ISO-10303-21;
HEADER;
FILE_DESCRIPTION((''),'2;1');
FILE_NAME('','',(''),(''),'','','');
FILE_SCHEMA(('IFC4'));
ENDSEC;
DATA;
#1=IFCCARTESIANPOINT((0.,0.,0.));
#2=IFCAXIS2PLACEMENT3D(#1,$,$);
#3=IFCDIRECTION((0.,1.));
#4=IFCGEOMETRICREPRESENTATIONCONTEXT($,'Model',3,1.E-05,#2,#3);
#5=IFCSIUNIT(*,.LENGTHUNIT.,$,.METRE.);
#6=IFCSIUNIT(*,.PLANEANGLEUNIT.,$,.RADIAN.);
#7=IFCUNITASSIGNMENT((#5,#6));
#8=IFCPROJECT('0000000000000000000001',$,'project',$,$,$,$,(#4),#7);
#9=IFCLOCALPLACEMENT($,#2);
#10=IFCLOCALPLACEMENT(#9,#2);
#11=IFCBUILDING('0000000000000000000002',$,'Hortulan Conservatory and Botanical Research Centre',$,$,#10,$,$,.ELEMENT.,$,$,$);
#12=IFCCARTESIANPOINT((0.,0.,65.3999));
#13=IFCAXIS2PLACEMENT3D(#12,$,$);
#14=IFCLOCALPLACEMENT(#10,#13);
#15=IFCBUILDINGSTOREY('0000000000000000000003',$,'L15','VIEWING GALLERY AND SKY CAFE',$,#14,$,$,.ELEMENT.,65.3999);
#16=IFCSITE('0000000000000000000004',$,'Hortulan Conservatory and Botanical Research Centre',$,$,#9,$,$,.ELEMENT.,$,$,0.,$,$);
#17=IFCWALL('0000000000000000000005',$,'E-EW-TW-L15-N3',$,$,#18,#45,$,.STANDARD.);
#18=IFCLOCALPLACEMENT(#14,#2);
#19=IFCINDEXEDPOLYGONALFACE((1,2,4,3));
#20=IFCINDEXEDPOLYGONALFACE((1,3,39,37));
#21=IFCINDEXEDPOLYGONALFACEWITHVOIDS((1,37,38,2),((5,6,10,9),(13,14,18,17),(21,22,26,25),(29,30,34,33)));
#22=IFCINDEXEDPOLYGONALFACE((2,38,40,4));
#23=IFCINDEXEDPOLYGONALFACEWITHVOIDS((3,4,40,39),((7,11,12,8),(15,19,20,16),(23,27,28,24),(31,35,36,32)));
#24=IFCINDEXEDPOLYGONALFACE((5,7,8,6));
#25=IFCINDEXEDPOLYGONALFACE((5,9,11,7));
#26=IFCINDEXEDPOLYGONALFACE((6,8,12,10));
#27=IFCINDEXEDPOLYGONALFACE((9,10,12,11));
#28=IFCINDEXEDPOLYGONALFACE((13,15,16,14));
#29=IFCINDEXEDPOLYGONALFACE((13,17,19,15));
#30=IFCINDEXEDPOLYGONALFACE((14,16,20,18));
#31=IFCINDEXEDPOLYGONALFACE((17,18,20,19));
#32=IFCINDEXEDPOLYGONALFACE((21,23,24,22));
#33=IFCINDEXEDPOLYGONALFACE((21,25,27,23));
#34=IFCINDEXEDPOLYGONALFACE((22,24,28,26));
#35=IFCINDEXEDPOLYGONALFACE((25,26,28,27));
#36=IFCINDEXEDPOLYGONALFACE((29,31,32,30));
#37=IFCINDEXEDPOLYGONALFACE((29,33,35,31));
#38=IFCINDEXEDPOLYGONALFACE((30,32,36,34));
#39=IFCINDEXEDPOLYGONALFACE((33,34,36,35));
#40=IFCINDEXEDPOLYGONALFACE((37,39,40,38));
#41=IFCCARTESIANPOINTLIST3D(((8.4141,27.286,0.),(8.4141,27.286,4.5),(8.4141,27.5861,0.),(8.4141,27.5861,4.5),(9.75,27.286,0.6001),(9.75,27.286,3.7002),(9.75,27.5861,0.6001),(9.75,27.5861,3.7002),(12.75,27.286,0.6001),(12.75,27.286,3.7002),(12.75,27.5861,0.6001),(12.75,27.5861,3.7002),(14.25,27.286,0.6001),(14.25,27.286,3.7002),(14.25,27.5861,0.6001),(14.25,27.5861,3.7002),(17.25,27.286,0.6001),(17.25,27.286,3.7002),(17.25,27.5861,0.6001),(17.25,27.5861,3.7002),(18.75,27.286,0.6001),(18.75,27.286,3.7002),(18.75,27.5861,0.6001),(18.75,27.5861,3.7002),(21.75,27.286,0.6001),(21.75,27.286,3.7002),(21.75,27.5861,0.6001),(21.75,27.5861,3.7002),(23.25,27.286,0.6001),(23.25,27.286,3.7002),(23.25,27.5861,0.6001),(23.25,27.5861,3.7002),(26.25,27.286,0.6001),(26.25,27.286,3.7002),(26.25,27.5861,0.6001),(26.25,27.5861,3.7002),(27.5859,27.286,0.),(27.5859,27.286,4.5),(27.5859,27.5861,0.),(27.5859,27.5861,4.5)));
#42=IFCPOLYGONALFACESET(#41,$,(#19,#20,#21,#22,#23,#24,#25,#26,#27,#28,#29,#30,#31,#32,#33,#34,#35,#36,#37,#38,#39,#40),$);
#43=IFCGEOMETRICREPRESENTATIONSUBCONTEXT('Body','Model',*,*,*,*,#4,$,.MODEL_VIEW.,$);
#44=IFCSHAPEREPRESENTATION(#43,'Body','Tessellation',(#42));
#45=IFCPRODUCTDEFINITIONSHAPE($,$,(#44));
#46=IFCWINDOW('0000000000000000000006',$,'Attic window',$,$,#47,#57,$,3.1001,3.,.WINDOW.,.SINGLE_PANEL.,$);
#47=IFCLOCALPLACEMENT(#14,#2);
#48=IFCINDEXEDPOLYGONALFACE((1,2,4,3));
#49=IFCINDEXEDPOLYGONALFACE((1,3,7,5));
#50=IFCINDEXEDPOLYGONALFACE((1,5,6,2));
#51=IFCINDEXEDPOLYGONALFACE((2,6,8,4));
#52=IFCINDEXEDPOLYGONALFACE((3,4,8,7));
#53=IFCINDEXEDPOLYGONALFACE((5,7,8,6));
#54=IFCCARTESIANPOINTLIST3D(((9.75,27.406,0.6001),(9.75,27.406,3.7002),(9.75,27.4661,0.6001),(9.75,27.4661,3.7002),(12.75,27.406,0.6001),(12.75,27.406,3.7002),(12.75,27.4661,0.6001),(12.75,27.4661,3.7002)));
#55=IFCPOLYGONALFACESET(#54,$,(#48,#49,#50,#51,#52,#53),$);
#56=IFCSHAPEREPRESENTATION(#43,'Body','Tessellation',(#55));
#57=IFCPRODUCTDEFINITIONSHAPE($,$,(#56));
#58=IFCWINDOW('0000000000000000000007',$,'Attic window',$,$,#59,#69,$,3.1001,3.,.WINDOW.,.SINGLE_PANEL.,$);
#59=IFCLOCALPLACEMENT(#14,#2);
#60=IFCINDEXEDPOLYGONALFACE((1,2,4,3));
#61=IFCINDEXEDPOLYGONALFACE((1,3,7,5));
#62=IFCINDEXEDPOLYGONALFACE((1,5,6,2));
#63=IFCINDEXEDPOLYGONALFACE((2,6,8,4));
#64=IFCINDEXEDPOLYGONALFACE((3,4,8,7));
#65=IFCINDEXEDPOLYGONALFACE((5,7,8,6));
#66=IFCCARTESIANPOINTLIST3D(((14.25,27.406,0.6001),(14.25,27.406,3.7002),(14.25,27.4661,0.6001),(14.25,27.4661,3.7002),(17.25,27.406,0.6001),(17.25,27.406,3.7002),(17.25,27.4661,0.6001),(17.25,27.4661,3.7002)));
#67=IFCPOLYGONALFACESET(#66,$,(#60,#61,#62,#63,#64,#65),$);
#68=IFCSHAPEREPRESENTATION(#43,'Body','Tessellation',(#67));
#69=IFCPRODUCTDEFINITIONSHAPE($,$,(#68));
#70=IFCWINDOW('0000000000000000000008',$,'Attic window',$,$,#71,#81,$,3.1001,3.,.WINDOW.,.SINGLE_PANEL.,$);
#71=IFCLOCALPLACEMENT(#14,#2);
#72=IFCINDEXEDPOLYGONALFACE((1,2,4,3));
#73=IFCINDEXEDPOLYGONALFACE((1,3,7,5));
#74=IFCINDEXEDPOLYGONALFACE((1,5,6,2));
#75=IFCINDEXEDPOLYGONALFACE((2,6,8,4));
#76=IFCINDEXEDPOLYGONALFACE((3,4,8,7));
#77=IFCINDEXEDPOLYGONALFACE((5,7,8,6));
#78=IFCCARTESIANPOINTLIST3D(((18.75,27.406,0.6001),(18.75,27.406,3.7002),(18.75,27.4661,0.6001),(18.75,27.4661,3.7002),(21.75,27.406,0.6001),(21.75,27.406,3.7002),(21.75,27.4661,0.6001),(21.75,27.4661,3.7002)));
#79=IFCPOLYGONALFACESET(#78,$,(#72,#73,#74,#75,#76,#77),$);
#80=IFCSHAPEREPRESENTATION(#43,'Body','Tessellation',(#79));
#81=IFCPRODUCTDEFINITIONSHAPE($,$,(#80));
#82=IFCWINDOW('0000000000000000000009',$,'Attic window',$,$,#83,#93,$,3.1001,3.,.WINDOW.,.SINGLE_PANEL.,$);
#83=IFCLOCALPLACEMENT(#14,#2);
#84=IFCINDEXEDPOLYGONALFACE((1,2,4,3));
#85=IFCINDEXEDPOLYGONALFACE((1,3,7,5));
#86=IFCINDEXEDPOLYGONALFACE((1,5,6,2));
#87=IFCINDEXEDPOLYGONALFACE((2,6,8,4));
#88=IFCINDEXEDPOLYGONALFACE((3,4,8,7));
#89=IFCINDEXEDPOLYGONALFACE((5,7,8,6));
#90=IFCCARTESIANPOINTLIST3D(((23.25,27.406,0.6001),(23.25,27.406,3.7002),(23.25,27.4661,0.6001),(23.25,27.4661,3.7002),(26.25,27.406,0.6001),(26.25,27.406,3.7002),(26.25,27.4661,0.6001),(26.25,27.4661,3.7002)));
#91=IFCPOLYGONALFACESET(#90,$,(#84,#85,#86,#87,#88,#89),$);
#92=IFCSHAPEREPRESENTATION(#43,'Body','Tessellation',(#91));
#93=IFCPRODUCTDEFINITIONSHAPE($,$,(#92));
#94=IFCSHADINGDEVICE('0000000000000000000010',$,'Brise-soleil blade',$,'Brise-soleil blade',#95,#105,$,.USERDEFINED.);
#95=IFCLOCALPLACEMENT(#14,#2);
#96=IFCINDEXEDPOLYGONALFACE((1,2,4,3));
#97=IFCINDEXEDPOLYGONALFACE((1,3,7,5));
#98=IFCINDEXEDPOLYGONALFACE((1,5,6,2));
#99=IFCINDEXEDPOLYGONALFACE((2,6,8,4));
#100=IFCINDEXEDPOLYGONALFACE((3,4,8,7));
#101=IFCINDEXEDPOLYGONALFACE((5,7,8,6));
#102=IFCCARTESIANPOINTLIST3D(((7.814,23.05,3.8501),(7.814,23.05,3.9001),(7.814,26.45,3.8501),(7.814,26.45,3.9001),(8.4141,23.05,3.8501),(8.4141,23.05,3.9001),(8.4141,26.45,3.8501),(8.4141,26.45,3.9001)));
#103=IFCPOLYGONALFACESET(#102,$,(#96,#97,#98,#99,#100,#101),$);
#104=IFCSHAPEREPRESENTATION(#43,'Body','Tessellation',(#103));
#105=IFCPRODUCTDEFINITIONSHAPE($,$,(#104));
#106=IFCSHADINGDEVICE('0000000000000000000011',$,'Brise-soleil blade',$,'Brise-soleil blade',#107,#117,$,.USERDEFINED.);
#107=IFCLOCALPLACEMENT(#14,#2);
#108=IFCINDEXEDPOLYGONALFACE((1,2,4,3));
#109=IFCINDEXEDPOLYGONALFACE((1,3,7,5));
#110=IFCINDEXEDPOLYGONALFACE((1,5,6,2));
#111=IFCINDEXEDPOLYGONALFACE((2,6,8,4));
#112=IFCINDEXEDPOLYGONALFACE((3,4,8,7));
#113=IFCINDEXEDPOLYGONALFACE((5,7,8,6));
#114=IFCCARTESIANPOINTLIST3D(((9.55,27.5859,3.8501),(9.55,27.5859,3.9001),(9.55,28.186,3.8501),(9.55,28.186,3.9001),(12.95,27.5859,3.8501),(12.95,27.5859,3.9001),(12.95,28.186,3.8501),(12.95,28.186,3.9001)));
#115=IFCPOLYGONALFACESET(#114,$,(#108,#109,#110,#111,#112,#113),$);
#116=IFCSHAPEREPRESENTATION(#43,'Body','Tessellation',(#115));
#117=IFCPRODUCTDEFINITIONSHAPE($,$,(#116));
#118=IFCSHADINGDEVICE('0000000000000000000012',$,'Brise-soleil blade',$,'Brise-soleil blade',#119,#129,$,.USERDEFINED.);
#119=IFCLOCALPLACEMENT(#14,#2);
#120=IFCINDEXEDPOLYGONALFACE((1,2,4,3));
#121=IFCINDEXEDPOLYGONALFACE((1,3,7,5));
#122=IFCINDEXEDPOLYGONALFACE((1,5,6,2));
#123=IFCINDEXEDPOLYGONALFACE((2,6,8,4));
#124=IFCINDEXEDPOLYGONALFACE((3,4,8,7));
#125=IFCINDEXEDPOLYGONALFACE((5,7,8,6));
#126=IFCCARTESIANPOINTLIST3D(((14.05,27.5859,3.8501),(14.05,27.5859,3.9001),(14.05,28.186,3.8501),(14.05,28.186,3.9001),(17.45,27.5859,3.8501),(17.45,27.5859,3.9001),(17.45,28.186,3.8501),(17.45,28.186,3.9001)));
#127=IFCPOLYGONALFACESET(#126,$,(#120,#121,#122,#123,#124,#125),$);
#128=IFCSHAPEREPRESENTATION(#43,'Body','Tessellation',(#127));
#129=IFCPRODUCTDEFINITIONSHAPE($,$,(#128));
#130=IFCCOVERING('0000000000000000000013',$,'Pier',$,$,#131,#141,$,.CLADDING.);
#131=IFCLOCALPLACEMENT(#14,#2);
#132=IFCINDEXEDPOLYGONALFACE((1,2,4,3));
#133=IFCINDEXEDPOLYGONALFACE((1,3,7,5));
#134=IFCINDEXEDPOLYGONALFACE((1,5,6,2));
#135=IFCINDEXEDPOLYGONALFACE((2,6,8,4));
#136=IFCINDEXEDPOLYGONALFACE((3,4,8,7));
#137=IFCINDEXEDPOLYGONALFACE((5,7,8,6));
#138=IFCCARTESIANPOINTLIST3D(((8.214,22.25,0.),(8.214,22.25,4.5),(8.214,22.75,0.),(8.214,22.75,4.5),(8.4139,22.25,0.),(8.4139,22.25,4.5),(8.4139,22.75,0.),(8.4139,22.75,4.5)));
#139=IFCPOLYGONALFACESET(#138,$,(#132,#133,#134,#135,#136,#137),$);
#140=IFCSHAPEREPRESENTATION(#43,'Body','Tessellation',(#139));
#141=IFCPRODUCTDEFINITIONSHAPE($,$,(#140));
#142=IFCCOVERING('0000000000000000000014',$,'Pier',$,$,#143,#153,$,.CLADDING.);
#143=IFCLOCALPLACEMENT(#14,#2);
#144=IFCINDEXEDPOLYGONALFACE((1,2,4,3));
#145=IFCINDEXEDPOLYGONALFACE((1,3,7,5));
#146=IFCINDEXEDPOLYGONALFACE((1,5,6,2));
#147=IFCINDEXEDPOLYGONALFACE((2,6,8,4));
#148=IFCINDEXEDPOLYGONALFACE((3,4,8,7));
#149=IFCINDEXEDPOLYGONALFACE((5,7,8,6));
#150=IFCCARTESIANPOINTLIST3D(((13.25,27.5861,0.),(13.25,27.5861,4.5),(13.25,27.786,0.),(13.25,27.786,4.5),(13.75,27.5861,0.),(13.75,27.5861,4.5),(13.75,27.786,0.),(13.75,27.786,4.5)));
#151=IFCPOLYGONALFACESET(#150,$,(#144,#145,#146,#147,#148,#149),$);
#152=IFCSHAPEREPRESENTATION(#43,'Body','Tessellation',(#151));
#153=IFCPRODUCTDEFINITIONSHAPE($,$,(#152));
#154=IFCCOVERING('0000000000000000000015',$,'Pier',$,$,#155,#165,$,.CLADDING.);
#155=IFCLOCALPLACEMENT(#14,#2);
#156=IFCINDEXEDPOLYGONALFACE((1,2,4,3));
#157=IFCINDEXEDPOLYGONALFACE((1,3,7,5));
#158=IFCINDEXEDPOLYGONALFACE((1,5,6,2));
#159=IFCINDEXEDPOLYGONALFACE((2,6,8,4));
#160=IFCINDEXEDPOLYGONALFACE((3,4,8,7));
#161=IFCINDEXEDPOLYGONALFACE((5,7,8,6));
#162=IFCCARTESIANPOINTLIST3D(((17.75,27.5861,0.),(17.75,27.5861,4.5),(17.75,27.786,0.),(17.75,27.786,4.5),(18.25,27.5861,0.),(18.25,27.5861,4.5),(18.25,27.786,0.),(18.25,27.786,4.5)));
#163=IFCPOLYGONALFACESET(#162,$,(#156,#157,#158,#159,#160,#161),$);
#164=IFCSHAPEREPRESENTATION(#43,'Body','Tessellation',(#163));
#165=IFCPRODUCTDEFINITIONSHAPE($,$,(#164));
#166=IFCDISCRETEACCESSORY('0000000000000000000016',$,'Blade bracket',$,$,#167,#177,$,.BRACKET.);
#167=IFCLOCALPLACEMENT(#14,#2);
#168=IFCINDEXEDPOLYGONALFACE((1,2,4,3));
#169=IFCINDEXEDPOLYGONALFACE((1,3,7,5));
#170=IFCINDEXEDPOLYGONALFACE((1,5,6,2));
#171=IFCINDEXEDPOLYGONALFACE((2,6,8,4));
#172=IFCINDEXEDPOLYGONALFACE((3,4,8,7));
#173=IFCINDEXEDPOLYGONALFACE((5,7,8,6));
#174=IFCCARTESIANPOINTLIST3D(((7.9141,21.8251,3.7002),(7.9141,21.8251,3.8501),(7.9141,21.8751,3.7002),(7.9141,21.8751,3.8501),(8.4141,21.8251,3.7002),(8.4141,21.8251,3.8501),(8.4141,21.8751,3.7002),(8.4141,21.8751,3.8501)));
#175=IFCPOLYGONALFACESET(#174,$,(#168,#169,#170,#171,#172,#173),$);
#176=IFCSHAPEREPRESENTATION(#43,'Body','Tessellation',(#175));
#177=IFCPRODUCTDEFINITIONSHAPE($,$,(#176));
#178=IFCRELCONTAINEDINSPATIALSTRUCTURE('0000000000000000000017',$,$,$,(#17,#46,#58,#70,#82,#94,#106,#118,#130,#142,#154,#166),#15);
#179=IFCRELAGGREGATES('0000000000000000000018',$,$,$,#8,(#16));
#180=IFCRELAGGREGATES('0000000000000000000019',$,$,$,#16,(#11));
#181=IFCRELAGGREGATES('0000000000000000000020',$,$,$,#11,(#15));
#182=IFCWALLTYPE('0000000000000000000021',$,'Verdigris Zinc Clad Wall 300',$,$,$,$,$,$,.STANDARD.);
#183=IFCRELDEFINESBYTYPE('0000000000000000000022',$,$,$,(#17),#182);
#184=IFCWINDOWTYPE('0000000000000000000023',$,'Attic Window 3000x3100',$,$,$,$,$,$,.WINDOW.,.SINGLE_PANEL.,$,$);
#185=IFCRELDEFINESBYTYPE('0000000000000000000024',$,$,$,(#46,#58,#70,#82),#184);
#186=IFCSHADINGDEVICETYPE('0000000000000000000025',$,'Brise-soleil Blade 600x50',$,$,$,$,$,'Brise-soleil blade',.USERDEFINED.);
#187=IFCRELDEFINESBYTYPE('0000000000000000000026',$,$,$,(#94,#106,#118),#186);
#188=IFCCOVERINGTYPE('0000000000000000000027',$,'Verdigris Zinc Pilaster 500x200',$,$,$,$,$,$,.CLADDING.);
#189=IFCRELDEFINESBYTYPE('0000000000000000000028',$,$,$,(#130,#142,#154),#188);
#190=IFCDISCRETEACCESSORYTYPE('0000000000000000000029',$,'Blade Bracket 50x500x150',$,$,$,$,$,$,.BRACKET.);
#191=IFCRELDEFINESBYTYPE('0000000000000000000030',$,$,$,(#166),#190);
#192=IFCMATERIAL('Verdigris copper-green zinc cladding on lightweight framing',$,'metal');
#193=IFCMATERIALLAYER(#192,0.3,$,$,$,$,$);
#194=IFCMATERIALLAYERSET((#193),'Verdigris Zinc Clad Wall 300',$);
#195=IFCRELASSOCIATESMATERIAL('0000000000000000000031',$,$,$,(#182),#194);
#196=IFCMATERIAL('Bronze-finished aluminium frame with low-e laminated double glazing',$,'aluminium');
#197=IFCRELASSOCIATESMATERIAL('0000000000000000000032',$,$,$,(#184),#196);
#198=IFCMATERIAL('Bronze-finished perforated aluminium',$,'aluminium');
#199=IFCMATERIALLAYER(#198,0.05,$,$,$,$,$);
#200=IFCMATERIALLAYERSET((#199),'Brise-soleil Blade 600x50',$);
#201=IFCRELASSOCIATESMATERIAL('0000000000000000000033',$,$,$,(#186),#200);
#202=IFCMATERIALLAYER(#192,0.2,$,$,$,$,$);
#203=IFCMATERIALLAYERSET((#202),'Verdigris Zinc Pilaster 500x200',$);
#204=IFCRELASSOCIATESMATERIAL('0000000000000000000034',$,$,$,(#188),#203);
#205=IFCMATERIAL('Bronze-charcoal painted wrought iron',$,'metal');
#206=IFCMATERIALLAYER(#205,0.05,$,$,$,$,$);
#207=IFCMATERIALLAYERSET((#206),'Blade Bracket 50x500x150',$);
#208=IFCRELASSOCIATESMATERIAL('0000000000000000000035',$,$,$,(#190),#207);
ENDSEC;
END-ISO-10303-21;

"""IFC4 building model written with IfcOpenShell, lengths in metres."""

from ifc_helpers import new_model, si_unit, direction, frame, frame_2d, origin, origin_2d, place, context, subcontext, project, spatial, rectangle, extrude, material, layer, layer_set, type_object, element, fill, save


model = new_model("IFC4")

# Units and contexts
model_context = context("Model", 3, precision=1e-05, world=origin(), true_north=direction((0.0, 1.0)))
body_context = subcontext(model_context, "Body", "Model", "MODEL_VIEW")
ifc_project = project(units=[si_unit("LENGTHUNIT", "METRE"), si_unit("PLANEANGLEUNIT", "RADIAN")], contexts=[model_context])

# Site, building, storey
site_placement = place(None, origin())
site = spatial("IfcSite", under=ifc_project, at=site_placement, Name="Hortulan Conservatory and Botanical Research Centre", CompositionType="ELEMENT", RefElevation=0.0)
building_placement = place(site_placement, origin())
building = spatial("IfcBuilding", under=site, at=building_placement, Name="Hortulan Conservatory and Botanical Research Centre", CompositionType="ELEMENT")
storey_placement = place(building_placement, frame((0.0, 0.0, 65.3999)))
storey = spatial("IfcBuildingStorey", under=building, at=storey_placement, Name="L15", Description="VIEWING GALLERY AND SKY CAFE", CompositionType="ELEMENT", Elevation=65.3999)

# Wall, openings, windows
ifc_material_1 = material(Name="Verdigris copper-green zinc cladding on lightweight framing", Category="metal")
ifc_layer_1 = layer(ifc_material_1, 0.3)
ifc_layer_set_1 = layer_set([ifc_layer_1], Name="Verdigris Zinc Clad Wall 300")
wall_type = type_object("IfcWallType", Name="Verdigris Zinc Clad Wall 300", PredefinedType="STANDARD", material=ifc_layer_set_1)
wall_placement = place(storey_placement, frame((8.4141, 27.436, 0.0), z_axis=(0.0, 0.0, 1.0), x_axis=(1.0, 0.0, 0.0)))
wall = element("IfcWall", 1, at=wall_placement, inside=storey, type_object=wall_type, Name="E-EW-TW-L15-N3", PredefinedType="STANDARD", context=body_context, shape_type="SweptSolid", body=[
    extrude(rectangle(XDim=19.1719, YDim=0.3, at=frame_2d((9.5859, 0.0))), origin(), (0.0, 0.0, 1.0), 4.5),
])
opening_1_placement = place(wall_placement, frame((1.3359, 0.0, 0.6001)))
opening_1 = element("IfcOpeningElement", 2, at=opening_1_placement, cuts=wall, PredefinedType="OPENING", context=body_context, shape_type="SweptSolid", body=[
    extrude(rectangle(XDim=3.0, YDim=3.1001, at=frame_2d((1.5, 1.55))), frame((0.0, 0.1599, 0.0), z_axis=(0.0, -1.0, 0.0), x_axis=(1.0, 0.0, 0.0)), (0.0, 0.0, 1.0), 0.3201),
])
opening_2_placement = place(wall_placement, frame((5.8359, 0.0, 0.6001)))
opening_2 = element("IfcOpeningElement", 3, at=opening_2_placement, cuts=wall, PredefinedType="OPENING", context=body_context, shape_type="SweptSolid", body=[
    extrude(rectangle(XDim=3.0, YDim=3.1001, at=frame_2d((1.5, 1.55))), frame((0.0, 0.1599, 0.0), z_axis=(0.0, -1.0, 0.0), x_axis=(1.0, 0.0, 0.0)), (0.0, 0.0, 1.0), 0.3201),
])
opening_3_placement = place(wall_placement, frame((10.3359, 0.0, 0.6001)))
opening_3 = element("IfcOpeningElement", 4, at=opening_3_placement, cuts=wall, PredefinedType="OPENING", context=body_context, shape_type="SweptSolid", body=[
    extrude(rectangle(XDim=3.0, YDim=3.1001, at=frame_2d((1.5, 1.55))), frame((0.0, 0.1599, 0.0), z_axis=(0.0, -1.0, 0.0), x_axis=(1.0, 0.0, 0.0)), (0.0, 0.0, 1.0), 0.3201),
])
opening_4_placement = place(wall_placement, frame((14.8359, 0.0, 0.6001)))
opening_4 = element("IfcOpeningElement", 5, at=opening_4_placement, cuts=wall, PredefinedType="OPENING", context=body_context, shape_type="SweptSolid", body=[
    extrude(rectangle(XDim=3.0, YDim=3.1001, at=frame_2d((1.5, 1.55))), frame((0.0, 0.1599, 0.0), z_axis=(0.0, -1.0, 0.0), x_axis=(1.0, 0.0, 0.0)), (0.0, 0.0, 1.0), 0.3201),
])
ifc_material_2 = material(Name="Bronze-finished aluminium frame with low-e laminated double glazing", Category="aluminium")
window_type = type_object("IfcWindowType", Name="Attic Window 3000x3100", PartitioningType="SINGLE_PANEL", PredefinedType="WINDOW", material=ifc_material_2)
window_1_placement = place(opening_1_placement, origin())
window_1 = element("IfcWindow", 6, at=window_1_placement, inside=storey, type_object=window_type, Name="Attic window", OverallHeight=3.1001, OverallWidth=3.0, PartitioningType="SINGLE_PANEL", PredefinedType="WINDOW", context=body_context, shape_type="SweptSolid", body=[
    extrude(rectangle(XDim=3.0, YDim=3.1001, at=frame_2d((1.5, 1.55))), frame((0.0, 0.03, 0.0), z_axis=(0.0, -1.0, 0.0), x_axis=(1.0, 0.0, 0.0)), (0.0, 0.0, 1.0), 0.0601),
])
fill(opening_1, window_1)
window_2_placement = place(opening_2_placement, origin())
window_2 = element("IfcWindow", 7, at=window_2_placement, inside=storey, type_object=window_type, Name="Attic window", OverallHeight=3.1001, OverallWidth=3.0, PartitioningType="SINGLE_PANEL", PredefinedType="WINDOW", context=body_context, shape_type="SweptSolid", body=[
    extrude(rectangle(XDim=3.0, YDim=3.1001, at=frame_2d((1.5, 1.55))), frame((0.0, 0.03, 0.0), z_axis=(0.0, -1.0, 0.0), x_axis=(1.0, 0.0, 0.0)), (0.0, 0.0, 1.0), 0.0601),
])
fill(opening_2, window_2)
window_3_placement = place(opening_3_placement, origin())
window_3 = element("IfcWindow", 8, at=window_3_placement, inside=storey, type_object=window_type, Name="Attic window", OverallHeight=3.1001, OverallWidth=3.0, PartitioningType="SINGLE_PANEL", PredefinedType="WINDOW", context=body_context, shape_type="SweptSolid", body=[
    extrude(rectangle(XDim=3.0, YDim=3.1001, at=frame_2d((1.5, 1.55))), frame((0.0, 0.03, 0.0), z_axis=(0.0, -1.0, 0.0), x_axis=(1.0, 0.0, 0.0)), (0.0, 0.0, 1.0), 0.0601),
])
fill(opening_3, window_3)
window_4_placement = place(opening_4_placement, origin())
window_4 = element("IfcWindow", 9, at=window_4_placement, inside=storey, type_object=window_type, Name="Attic window", OverallHeight=3.1001, OverallWidth=3.0, PartitioningType="SINGLE_PANEL", PredefinedType="WINDOW", context=body_context, shape_type="SweptSolid", body=[
    extrude(rectangle(XDim=3.0, YDim=3.1001, at=frame_2d((1.5, 1.55))), frame((0.0, 0.03, 0.0), z_axis=(0.0, -1.0, 0.0), x_axis=(1.0, 0.0, 0.0)), (0.0, 0.0, 1.0), 0.0601),
])
fill(opening_4, window_4)

# Shading devices
ifc_material_3 = material(Name="Bronze-finished perforated aluminium", Category="aluminium")
ifc_layer_2 = layer(ifc_material_3, 0.05)
ifc_layer_set_2 = layer_set([ifc_layer_2], Name="Brise-soleil Blade 600x50")
shading_device_type = type_object("IfcShadingDeviceType", Name="Brise-soleil Blade 600x50", ElementType="Brise-soleil blade", PredefinedType="USERDEFINED", material=ifc_layer_set_2)
for number, where, z_axis, x_axis, name in (
    (10, (8.114, 24.75, 3.8501), (0.0, 0.0, 1.0), (0.0, 1.0, 0.0), "Brise-soleil blade"),
    (11, (11.25, 27.886, 3.8501), (0.0, 0.0, 1.0), (1.0, 0.0, 0.0), "Brise-soleil blade"),
    (12, (15.75, 27.886, 3.8501), (0.0, 0.0, 1.0), (1.0, 0.0, 0.0), "Brise-soleil blade"),
):
    element("IfcShadingDevice", number, at=place(storey_placement, frame(where, z_axis=z_axis, x_axis=x_axis)), inside=storey, type_object=shading_device_type, Name=name, ObjectType="Brise-soleil blade", PredefinedType="USERDEFINED", context=body_context, shape_type="SweptSolid", body=[
        extrude(rectangle(XDim=3.3999, YDim=0.6001, at=origin_2d()), origin(), (0.0, 0.0, 1.0), 0.05),
    ])

# Coverings
ifc_layer_3 = layer(ifc_material_1, 0.2)
ifc_layer_set_3 = layer_set([ifc_layer_3], Name="Verdigris Zinc Pilaster 500x200")
covering_type = type_object("IfcCoveringType", Name="Verdigris Zinc Pilaster 500x200", PredefinedType="CLADDING", material=ifc_layer_set_3)
for number, where, z_axis, x_axis, name in (
    (13, (8.314, 22.5, 0.0), (0.0, 0.0, 1.0), (0.0, 1.0, 0.0), "Pier"),
    (14, (13.5, 27.686, 0.0), (0.0, 0.0, 1.0), (1.0, 0.0, 0.0), "Pier"),
    (15, (18.0, 27.686, 0.0), (0.0, 0.0, 1.0), (1.0, 0.0, 0.0), "Pier"),
):
    element("IfcCovering", number, at=place(storey_placement, frame(where, z_axis=z_axis, x_axis=x_axis)), inside=storey, type_object=covering_type, Name=name, PredefinedType="CLADDING", context=body_context, shape_type="SweptSolid", body=[
        extrude(rectangle(XDim=0.5, YDim=0.2, at=origin_2d()), origin(), (0.0, 0.0, 1.0), 4.5),
    ])

# Discrete accessory
ifc_material_4 = material(Name="Bronze-charcoal painted wrought iron", Category="metal")
ifc_layer_4 = layer(ifc_material_4, 0.05)
ifc_layer_set_4 = layer_set([ifc_layer_4], Name="Blade Bracket 50x500x150")
discrete_accessory_type = type_object("IfcDiscreteAccessoryType", Name="Blade Bracket 50x500x150", PredefinedType="BRACKET", material=ifc_layer_set_4)
for number, where, z_axis, x_axis, name in (
    (16, (8.1641, 21.8501, 3.7002), (0.0, 0.0, 1.0), (0.0, 1.0, 0.0), "Blade bracket"),
):
    element("IfcDiscreteAccessory", number, at=place(storey_placement, frame(where, z_axis=z_axis, x_axis=x_axis)), inside=storey, type_object=discrete_accessory_type, Name=name, PredefinedType="BRACKET", context=body_context, shape_type="SweptSolid", body=[
        extrude(rectangle(XDim=0.05, YDim=0.5, at=origin_2d()), origin(), (0.0, 0.0, 1.0), 0.1499),
    ])

save(model, "model.ifc")
